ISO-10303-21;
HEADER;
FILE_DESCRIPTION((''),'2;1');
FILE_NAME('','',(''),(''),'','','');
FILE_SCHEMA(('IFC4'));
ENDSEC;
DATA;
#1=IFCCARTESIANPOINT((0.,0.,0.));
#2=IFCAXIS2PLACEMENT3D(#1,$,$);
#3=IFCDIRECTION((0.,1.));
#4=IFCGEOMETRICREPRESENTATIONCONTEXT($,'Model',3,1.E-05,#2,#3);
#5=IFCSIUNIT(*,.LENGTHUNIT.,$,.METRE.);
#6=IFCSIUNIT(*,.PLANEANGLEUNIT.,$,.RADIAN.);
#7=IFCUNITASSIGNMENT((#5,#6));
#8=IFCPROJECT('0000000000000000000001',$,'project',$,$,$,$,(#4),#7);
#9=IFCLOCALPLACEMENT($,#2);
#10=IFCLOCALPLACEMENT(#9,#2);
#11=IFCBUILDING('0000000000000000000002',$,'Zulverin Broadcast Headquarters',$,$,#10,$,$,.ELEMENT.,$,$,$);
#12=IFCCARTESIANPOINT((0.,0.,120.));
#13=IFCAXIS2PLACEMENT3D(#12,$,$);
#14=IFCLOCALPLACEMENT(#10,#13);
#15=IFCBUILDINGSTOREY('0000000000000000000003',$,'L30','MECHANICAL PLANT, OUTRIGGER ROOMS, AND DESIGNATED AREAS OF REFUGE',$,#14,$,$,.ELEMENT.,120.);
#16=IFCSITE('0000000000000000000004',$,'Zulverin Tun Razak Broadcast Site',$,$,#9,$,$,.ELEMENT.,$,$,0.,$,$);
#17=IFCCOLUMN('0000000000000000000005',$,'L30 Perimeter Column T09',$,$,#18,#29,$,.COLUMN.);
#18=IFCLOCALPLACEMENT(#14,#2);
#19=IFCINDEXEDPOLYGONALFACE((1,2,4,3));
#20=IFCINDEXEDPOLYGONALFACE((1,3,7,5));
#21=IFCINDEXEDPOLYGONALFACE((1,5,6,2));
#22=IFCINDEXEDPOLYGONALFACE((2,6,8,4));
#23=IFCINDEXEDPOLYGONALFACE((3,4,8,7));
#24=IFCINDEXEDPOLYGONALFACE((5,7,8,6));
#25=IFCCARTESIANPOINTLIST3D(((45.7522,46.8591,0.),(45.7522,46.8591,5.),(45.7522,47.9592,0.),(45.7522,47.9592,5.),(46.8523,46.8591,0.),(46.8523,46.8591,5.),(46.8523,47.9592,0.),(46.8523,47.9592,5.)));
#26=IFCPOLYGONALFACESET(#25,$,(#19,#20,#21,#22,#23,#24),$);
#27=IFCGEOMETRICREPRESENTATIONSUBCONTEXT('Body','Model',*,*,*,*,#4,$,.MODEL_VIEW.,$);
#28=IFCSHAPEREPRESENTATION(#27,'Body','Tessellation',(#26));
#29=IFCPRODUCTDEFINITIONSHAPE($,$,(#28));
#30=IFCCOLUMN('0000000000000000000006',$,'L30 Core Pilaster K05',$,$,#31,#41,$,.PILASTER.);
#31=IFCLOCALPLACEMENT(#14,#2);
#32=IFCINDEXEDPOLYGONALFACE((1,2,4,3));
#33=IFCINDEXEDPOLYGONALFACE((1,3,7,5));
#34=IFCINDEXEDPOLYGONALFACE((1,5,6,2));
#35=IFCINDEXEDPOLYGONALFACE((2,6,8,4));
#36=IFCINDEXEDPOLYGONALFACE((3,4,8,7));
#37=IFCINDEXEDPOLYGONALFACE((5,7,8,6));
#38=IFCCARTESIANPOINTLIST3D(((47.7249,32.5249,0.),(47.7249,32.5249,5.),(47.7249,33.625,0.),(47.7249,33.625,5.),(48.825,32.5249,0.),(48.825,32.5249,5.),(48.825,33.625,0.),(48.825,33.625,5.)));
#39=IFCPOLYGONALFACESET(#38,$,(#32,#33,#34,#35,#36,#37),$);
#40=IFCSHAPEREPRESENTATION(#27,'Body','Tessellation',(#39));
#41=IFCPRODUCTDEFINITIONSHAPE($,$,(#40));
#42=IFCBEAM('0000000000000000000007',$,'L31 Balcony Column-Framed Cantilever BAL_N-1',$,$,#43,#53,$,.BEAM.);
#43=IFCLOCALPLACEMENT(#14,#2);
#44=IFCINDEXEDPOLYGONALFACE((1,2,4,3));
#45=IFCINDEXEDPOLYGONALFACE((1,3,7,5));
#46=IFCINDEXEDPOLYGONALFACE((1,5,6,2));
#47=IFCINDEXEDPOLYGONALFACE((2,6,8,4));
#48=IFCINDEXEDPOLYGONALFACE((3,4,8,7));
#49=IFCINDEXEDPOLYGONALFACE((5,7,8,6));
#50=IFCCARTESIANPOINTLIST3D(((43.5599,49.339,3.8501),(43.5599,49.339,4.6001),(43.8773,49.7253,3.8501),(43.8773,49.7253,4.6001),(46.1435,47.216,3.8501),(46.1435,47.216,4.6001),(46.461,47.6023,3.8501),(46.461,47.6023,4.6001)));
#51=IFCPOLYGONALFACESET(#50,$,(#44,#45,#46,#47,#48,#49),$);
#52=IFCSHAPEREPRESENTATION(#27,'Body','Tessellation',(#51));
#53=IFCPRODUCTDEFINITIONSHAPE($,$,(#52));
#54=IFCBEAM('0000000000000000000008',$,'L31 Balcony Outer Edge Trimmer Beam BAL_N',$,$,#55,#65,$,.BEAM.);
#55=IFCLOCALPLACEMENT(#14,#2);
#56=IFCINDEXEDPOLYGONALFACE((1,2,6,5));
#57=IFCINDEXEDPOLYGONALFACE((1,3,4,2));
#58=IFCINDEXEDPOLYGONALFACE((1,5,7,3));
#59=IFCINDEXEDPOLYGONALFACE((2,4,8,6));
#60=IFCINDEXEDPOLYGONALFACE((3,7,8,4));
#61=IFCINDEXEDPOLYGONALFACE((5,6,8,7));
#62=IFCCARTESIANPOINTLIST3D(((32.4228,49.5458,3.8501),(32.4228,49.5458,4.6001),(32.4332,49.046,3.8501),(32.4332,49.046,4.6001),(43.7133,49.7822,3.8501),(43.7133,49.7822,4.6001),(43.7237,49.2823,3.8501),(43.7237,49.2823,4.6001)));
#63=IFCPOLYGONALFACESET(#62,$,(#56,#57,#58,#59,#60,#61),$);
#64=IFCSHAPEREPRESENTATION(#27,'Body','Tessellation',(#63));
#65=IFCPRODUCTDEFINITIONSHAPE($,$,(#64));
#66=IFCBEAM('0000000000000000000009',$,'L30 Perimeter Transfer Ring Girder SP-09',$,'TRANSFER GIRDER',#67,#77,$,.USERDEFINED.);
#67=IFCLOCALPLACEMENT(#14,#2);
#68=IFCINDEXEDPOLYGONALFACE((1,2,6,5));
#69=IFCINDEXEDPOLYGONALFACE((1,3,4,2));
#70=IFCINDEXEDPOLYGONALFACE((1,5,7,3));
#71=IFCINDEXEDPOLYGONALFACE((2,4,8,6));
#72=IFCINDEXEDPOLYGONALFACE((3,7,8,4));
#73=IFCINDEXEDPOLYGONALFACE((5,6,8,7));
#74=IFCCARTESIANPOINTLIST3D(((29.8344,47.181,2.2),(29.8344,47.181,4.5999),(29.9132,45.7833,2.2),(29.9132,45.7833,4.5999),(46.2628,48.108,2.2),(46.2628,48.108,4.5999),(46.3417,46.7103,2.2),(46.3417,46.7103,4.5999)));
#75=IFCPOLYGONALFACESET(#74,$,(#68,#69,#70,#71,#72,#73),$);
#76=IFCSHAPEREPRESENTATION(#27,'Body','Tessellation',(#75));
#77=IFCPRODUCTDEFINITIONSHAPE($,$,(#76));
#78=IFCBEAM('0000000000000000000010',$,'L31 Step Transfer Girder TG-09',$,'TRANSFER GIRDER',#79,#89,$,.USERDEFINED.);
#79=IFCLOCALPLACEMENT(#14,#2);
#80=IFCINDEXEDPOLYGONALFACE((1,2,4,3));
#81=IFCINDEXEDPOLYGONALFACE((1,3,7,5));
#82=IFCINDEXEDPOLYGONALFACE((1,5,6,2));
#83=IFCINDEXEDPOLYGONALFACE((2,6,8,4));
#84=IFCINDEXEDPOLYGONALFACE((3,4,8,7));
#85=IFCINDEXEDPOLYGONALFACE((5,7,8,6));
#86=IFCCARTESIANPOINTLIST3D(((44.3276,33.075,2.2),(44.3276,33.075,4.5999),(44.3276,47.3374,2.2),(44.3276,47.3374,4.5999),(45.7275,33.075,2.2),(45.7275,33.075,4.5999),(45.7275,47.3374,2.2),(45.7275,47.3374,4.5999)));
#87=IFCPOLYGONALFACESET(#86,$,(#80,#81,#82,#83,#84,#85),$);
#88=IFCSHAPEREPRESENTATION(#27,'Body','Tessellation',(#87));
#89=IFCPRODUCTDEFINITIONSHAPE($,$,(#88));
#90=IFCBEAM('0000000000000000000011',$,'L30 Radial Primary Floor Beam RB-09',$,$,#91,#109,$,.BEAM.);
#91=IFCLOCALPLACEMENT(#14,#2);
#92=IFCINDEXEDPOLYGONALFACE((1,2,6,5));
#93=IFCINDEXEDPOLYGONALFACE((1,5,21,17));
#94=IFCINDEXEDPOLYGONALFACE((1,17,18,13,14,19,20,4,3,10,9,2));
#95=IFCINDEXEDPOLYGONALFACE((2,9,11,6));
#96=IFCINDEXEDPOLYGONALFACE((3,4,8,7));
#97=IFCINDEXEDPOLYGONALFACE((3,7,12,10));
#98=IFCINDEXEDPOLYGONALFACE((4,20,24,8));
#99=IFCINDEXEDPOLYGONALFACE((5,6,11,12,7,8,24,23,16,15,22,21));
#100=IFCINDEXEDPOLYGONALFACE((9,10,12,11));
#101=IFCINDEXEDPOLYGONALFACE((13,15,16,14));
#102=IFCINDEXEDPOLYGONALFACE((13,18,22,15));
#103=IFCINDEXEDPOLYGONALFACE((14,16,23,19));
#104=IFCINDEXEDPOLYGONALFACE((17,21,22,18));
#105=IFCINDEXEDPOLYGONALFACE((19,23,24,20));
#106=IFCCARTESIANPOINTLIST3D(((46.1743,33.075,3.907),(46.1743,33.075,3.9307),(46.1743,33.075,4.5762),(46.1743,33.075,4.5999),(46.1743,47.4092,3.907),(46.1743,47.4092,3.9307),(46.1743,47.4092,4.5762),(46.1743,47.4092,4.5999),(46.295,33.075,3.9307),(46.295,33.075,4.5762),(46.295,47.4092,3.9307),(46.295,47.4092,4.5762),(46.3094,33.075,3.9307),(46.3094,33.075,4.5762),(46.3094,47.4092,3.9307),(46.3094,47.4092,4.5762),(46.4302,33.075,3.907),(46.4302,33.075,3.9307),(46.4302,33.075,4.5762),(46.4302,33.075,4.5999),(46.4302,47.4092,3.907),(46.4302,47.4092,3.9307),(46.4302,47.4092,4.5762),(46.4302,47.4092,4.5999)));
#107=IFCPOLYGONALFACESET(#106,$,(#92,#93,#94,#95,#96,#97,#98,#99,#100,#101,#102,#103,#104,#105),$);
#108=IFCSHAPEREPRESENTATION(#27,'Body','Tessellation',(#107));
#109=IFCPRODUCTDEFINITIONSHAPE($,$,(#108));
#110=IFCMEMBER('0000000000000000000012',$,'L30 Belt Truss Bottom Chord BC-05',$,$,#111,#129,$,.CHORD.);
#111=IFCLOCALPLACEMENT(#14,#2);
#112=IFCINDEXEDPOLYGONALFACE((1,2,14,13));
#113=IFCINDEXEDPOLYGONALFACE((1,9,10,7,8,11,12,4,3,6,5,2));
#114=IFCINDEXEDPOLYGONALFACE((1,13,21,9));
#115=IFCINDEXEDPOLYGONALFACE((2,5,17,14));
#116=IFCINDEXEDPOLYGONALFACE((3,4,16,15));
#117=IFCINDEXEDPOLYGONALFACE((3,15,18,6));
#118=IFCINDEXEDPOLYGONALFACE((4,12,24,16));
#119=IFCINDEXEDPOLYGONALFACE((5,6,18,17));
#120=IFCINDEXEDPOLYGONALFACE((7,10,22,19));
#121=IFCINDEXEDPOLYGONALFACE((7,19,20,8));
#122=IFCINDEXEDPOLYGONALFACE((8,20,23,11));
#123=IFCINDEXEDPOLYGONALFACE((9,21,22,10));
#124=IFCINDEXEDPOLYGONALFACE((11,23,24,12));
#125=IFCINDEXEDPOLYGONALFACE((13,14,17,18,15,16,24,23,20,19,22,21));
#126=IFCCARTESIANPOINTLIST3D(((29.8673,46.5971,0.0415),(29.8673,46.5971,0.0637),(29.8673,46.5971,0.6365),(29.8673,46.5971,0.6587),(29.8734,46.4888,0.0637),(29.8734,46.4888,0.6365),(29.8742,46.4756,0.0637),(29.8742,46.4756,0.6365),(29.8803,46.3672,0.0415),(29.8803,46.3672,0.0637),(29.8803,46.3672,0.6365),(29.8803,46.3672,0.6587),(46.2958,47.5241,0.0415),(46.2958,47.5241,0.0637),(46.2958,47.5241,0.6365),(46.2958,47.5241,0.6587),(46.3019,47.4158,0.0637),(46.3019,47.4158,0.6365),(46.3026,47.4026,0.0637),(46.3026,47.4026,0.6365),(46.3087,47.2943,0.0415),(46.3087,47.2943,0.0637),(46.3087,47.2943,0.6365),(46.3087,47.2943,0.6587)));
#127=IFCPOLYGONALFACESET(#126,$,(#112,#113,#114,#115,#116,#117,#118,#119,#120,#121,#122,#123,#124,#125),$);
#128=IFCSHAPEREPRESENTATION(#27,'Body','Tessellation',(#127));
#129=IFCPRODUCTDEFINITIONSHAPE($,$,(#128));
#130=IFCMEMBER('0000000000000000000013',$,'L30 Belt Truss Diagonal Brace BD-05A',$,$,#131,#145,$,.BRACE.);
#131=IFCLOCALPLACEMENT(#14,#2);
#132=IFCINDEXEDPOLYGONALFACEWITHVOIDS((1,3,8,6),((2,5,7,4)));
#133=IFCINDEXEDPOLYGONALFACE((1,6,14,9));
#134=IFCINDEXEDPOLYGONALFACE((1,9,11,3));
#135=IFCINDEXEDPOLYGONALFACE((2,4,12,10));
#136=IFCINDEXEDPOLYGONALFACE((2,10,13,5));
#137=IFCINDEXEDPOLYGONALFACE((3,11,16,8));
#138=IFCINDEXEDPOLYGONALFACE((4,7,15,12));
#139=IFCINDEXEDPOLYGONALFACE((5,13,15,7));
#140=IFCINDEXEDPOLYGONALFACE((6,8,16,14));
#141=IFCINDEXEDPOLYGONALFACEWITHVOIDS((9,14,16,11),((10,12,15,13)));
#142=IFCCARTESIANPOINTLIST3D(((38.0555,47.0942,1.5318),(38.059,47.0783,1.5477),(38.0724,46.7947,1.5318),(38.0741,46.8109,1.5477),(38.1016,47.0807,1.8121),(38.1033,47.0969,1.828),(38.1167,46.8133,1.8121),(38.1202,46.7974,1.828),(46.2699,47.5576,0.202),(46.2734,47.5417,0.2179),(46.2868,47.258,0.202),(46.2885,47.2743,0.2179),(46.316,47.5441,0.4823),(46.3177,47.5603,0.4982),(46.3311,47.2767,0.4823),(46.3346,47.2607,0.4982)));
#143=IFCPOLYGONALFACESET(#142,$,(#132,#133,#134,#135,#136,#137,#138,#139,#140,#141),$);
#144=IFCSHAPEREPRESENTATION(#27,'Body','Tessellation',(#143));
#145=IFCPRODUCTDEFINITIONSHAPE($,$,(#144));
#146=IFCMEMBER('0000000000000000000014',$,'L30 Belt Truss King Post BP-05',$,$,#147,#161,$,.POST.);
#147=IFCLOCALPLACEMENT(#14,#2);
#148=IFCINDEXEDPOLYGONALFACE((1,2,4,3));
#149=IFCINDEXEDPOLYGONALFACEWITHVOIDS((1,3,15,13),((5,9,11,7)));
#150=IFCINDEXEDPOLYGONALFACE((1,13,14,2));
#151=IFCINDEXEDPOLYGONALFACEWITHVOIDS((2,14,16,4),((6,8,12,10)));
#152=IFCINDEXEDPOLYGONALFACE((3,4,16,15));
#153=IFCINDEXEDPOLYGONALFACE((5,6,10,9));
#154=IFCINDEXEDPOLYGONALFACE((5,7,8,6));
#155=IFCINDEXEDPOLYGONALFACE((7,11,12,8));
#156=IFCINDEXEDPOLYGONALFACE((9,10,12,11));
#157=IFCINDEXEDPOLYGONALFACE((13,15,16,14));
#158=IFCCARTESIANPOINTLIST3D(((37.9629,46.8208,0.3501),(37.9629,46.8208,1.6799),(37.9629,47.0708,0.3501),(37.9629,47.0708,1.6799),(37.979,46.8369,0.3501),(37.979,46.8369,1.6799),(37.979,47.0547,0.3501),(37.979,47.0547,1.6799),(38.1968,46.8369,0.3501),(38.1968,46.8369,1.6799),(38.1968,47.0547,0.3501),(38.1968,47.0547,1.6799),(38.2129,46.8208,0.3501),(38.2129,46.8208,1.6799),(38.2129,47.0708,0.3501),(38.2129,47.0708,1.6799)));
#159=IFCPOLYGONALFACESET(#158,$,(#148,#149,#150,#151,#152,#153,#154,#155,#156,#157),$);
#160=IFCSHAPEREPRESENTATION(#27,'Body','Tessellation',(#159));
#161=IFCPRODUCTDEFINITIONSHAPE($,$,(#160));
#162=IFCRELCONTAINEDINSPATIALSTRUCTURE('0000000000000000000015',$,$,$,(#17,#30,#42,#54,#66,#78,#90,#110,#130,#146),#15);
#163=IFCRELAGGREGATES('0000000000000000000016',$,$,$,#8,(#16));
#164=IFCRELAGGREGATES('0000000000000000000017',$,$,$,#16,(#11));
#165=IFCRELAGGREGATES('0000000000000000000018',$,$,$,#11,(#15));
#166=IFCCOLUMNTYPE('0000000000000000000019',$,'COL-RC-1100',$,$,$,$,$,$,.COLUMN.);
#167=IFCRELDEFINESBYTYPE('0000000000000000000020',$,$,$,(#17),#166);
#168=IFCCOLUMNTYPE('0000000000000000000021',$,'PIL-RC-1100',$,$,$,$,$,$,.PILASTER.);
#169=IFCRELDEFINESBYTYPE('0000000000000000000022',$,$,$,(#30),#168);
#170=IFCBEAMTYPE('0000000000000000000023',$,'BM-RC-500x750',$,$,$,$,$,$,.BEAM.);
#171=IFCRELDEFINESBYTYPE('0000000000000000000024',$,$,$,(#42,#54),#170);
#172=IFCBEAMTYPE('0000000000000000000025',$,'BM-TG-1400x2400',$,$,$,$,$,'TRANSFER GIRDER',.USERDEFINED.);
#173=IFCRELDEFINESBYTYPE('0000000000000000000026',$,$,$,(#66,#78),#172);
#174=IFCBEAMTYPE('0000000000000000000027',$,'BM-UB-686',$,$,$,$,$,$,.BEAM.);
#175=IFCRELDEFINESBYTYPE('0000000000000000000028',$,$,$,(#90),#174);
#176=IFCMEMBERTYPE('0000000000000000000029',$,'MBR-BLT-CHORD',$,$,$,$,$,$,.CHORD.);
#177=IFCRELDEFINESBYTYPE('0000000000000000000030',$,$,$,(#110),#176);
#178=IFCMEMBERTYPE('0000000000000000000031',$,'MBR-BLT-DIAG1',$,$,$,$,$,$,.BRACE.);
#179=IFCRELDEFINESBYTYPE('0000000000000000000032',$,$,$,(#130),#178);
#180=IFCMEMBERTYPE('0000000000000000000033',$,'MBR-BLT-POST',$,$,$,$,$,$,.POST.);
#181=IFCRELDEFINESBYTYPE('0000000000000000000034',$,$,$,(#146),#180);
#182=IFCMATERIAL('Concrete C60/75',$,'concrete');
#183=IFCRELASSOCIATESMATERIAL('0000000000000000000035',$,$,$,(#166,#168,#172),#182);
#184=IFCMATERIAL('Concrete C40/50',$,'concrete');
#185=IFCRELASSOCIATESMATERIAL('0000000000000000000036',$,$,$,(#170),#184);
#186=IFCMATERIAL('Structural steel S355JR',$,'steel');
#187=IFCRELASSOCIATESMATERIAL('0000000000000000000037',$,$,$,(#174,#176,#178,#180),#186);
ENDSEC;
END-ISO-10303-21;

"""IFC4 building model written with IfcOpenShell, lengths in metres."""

from ifc_helpers import new_model, si_unit, direction, frame, origin, origin_2d, place, context, subcontext, project, spatial, rectangle, hollow_rectangle, i_section, extrude, material, material_profile, profile_set, type_object, element, save


model = new_model("IFC4")

# Units and contexts
model_context = context("Model", 3, precision=1e-05, world=origin(), true_north=direction((0.0, 1.0)))
body_context = subcontext(model_context, "Body", "Model", "MODEL_VIEW")
ifc_project = project(units=[si_unit("LENGTHUNIT", "METRE"), si_unit("PLANEANGLEUNIT", "RADIAN")], contexts=[model_context])

# Site, building, storey
site_placement = place(None, origin())
site = spatial("IfcSite", under=ifc_project, at=site_placement, Name="Zulverin Tun Razak Broadcast Site", CompositionType="ELEMENT", RefElevation=0.0)
building_placement = place(site_placement, origin())
building = spatial("IfcBuilding", under=site, at=building_placement, Name="Zulverin Broadcast Headquarters", CompositionType="ELEMENT")
storey_placement = place(building_placement, frame((0.0, 0.0, 120.0)))
storey = spatial("IfcBuildingStorey", under=building, at=storey_placement, Name="L30", Description="MECHANICAL PLANT, OUTRIGGER ROOMS, AND DESIGNATED AREAS OF REFUGE", CompositionType="ELEMENT", Elevation=120.0)

# Columns
ifc_material_1 = material(Name="Concrete C60/75", Category="concrete")
ifc_material_profile_1 = material_profile(ifc_material_1, rectangle(XDim=1.1001, YDim=1.1001, at=origin_2d()), Name="Concrete C60/75", Category="concrete")
ifc_profile_set_1 = profile_set([ifc_material_profile_1], Name="Concrete C60/75")
column_type_1 = type_object("IfcColumnType", Name="COL-RC-1100", PredefinedType="COLUMN", material=ifc_profile_set_1)
column_1_placement = place(storey_placement, frame((46.3022, 47.4092, 0.0), z_axis=(0.0, 0.0, 1.0), x_axis=(1.0, 0.0, 0.0)))
element("IfcColumn", 1, at=column_1_placement, inside=storey, type_object=column_type_1, Name="L30 Perimeter Column T09", PredefinedType="COLUMN", context=body_context, shape_type="SweptSolid", body=[
    extrude(rectangle(XDim=1.1001, YDim=1.1001, at=origin_2d()), origin(), (0.0, 0.0, 1.0), 5.0),
])
ifc_material_profile_2 = material_profile(ifc_material_1, rectangle(XDim=1.1001, YDim=1.1001, at=origin_2d()), Name="Concrete C60/75", Category="concrete")
ifc_profile_set_2 = profile_set([ifc_material_profile_2], Name="Concrete C60/75")
column_type_2 = type_object("IfcColumnType", Name="PIL-RC-1100", PredefinedType="PILASTER", material=ifc_profile_set_2)
column_2_placement = place(storey_placement, frame((48.2749, 33.075, 0.0), z_axis=(0.0, 0.0, 1.0), x_axis=(1.0, 0.0, 0.0)))
element("IfcColumn", 2, at=column_2_placement, inside=storey, type_object=column_type_2, Name="L30 Core Pilaster K05", PredefinedType="PILASTER", context=body_context, shape_type="SweptSolid", body=[
    extrude(rectangle(XDim=1.1001, YDim=1.1001, at=origin_2d()), origin(), (0.0, 0.0, 1.0), 5.0),
])

# Beams
ifc_material_2 = material(Name="Concrete C40/50", Category="concrete")
ifc_material_profile_3 = material_profile(ifc_material_2, rectangle(XDim=0.5, YDim=0.75, at=origin_2d()), Name="Concrete C40/50", Category="concrete")
ifc_profile_set_3 = profile_set([ifc_material_profile_3], Name="Concrete C40/50")
beam_type_1 = type_object("IfcBeamType", Name="BM-RC-500x750", PredefinedType="BEAM", material=ifc_profile_set_3)
beam_1_placement = place(storey_placement, frame((46.3022, 47.4092, 4.2251), z_axis=(-0.772625, 0.634862, 0.0), x_axis=(-0.634862, -0.772625, 0.0)))
element("IfcBeam", 3, at=beam_1_placement, inside=storey, type_object=beam_type_1, Name="L31 Balcony Column-Framed Cantilever BAL_N-1", PredefinedType="BEAM", context=body_context, shape_type="SweptSolid", body=[
    extrude(rectangle(XDim=0.5, YDim=0.75, at=origin_2d()), origin(), (0.0, 0.0, 1.0), 3.344),
])
beam_2_placement = place(storey_placement, frame((43.7185, 49.5322, 4.2251), z_axis=(-0.999781, -0.020927, 0.0), x_axis=(0.020927, -0.999781, 0.0)))
element("IfcBeam", 4, at=beam_2_placement, inside=storey, type_object=beam_type_1, Name="L31 Balcony Outer Edge Trimmer Beam BAL_N", PredefinedType="BEAM", context=body_context, shape_type="SweptSolid", body=[
    extrude(rectangle(XDim=0.5, YDim=0.75, at=origin_2d()), origin(), (0.0, 0.0, 1.0), 11.293),
])
ifc_material_profile_4 = material_profile(ifc_material_1, rectangle(XDim=1.3999, YDim=2.3999, at=origin_2d()), Name="Concrete C60/75", Category="concrete")
ifc_profile_set_4 = profile_set([ifc_material_profile_4], Name="Concrete C60/75")
beam_type_2 = type_object("IfcBeamType", Name="BM-TG-1400x2400", ElementType="TRANSFER GIRDER", PredefinedType="USERDEFINED", material=ifc_profile_set_4)
beam_3_placement = place(storey_placement, frame((46.3022, 47.4092, 3.3999), z_axis=(-0.998412, -0.056337, 0.0), x_axis=(0.056337, -0.998412, 0.0)))
element("IfcBeam", 5, at=beam_3_placement, inside=storey, type_object=beam_type_2, Name="L30 Perimeter Transfer Ring Girder SP-09", ObjectType="TRANSFER GIRDER", PredefinedType="USERDEFINED", context=body_context, shape_type="SweptSolid", body=[
    extrude(rectangle(XDim=1.3999, YDim=2.3999, at=origin_2d()), origin(), (0.0, 0.0, 1.0), 16.4546),
])
beam_4_placement = place(storey_placement, frame((45.0276, 33.075, 3.3999), z_axis=(0.0, 1.0, 0.0), x_axis=(-1.0, 0.0, 0.0)))
element("IfcBeam", 6, at=beam_4_placement, inside=storey, type_object=beam_type_2, Name="L31 Step Transfer Girder TG-09", ObjectType="TRANSFER GIRDER", PredefinedType="USERDEFINED", context=body_context, shape_type="SweptSolid", body=[
    extrude(rectangle(XDim=1.3999, YDim=2.3999, at=origin_2d()), origin(), (0.0, 0.0, 1.0), 14.2625),
])
ifc_material_3 = material(Name="Structural steel S355JR", Category="steel")
ifc_material_profile_5 = material_profile(ifc_material_3, i_section(OverallWidth=0.2559, OverallDepth=0.6929, WebThickness=0.0144, FlangeThickness=0.0237, at=origin_2d()), Name="Structural steel S355JR", Category="steel")
ifc_profile_set_5 = profile_set([ifc_material_profile_5], Name="Structural steel S355JR")
beam_type_3 = type_object("IfcBeamType", Name="BM-UB-686", PredefinedType="BEAM", material=ifc_profile_set_5)
beam_5_placement = place(storey_placement, frame((46.3022, 33.075, 4.2534), z_axis=(0.0, 1.0, 0.0), x_axis=(-1.0, 0.0, 0.0)))
element("IfcBeam", 7, at=beam_5_placement, inside=storey, type_object=beam_type_3, Name="L30 Radial Primary Floor Beam RB-09", PredefinedType="BEAM", context=body_context, shape_type="SweptSolid", body=[
    extrude(i_section(OverallWidth=0.2559, OverallDepth=0.6929, WebThickness=0.0144, FlangeThickness=0.0237, at=origin_2d()), origin(), (0.0, 0.0, 1.0), 14.3342),
])

# Members
ifc_material_profile_6 = material_profile(ifc_material_3, i_section(OverallWidth=0.2302, OverallDepth=0.6172, WebThickness=0.0132, FlangeThickness=0.0222, at=origin_2d()), Name="Structural steel S355JR", Category="steel")
ifc_profile_set_6 = profile_set([ifc_material_profile_6], Name="Structural steel S355JR")
member_type_1 = type_object("IfcMemberType", Name="MBR-BLT-CHORD", PredefinedType="CHORD", material=ifc_profile_set_6)
member_1_placement = place(storey_placement, frame((46.3022, 47.4092, 0.3501), z_axis=(-0.998412, -0.056337, 0.0), x_axis=(0.056337, -0.998412, 0.0)))
element("IfcMember", 8, at=member_1_placement, inside=storey, type_object=member_type_1, Name="L30 Belt Truss Bottom Chord BC-05", PredefinedType="CHORD", context=body_context, shape_type="SweptSolid", body=[
    extrude(i_section(OverallWidth=0.2302, OverallDepth=0.6172, WebThickness=0.0132, FlangeThickness=0.0222, at=origin_2d()), origin(), (0.0, 0.0, 1.0), 16.4546),
])
ifc_material_profile_7 = material_profile(ifc_material_3, hollow_rectangle(XDim=0.3, YDim=0.3, WallThickness=0.0161, at=origin_2d()), Name="Structural steel S355JR", Category="steel")
ifc_profile_set_7 = profile_set([ifc_material_profile_7], Name="Structural steel S355JR")
member_type_2 = type_object("IfcMemberType", Name="MBR-BLT-DIAG1", PredefinedType="BRACE", material=ifc_profile_set_7)
member_2_placement = place(storey_placement, frame((46.3022, 47.4092, 0.3501), z_axis=(-0.985621, -0.0556, 0.159564), x_axis=(0.056321, -0.998413, 0.0)))
element("IfcMember", 9, at=member_2_placement, inside=storey, type_object=member_type_2, Name="L30 Belt Truss Diagonal Brace BD-05A", PredefinedType="BRACE", context=body_context, shape_type="SweptSolid", body=[
    extrude(hollow_rectangle(XDim=0.3, YDim=0.3, WallThickness=0.0161, at=origin_2d()), origin(), (0.0, 0.0, 1.0), 8.3342),
])
ifc_material_profile_8 = material_profile(ifc_material_3, hollow_rectangle(XDim=0.25, YDim=0.25, WallThickness=0.0161, at=origin_2d()), Name="Structural steel S355JR", Category="steel")
ifc_profile_set_8 = profile_set([ifc_material_profile_8], Name="Structural steel S355JR")
member_type_3 = type_object("IfcMemberType", Name="MBR-BLT-POST", PredefinedType="POST", material=ifc_profile_set_8)
member_3_placement = place(storey_placement, frame((38.0879, 46.9458, 0.3501), z_axis=(0.0, 0.0, 1.0), x_axis=(1.0, 0.0, 0.0)))
element("IfcMember", 10, at=member_3_placement, inside=storey, type_object=member_type_3, Name="L30 Belt Truss King Post BP-05", PredefinedType="POST", context=body_context, shape_type="SweptSolid", body=[
    extrude(hollow_rectangle(XDim=0.25, YDim=0.25, WallThickness=0.0161, at=origin_2d()), origin(), (0.0, 0.0, 1.0), 1.3298),
])

save(model, "model.ifc")
